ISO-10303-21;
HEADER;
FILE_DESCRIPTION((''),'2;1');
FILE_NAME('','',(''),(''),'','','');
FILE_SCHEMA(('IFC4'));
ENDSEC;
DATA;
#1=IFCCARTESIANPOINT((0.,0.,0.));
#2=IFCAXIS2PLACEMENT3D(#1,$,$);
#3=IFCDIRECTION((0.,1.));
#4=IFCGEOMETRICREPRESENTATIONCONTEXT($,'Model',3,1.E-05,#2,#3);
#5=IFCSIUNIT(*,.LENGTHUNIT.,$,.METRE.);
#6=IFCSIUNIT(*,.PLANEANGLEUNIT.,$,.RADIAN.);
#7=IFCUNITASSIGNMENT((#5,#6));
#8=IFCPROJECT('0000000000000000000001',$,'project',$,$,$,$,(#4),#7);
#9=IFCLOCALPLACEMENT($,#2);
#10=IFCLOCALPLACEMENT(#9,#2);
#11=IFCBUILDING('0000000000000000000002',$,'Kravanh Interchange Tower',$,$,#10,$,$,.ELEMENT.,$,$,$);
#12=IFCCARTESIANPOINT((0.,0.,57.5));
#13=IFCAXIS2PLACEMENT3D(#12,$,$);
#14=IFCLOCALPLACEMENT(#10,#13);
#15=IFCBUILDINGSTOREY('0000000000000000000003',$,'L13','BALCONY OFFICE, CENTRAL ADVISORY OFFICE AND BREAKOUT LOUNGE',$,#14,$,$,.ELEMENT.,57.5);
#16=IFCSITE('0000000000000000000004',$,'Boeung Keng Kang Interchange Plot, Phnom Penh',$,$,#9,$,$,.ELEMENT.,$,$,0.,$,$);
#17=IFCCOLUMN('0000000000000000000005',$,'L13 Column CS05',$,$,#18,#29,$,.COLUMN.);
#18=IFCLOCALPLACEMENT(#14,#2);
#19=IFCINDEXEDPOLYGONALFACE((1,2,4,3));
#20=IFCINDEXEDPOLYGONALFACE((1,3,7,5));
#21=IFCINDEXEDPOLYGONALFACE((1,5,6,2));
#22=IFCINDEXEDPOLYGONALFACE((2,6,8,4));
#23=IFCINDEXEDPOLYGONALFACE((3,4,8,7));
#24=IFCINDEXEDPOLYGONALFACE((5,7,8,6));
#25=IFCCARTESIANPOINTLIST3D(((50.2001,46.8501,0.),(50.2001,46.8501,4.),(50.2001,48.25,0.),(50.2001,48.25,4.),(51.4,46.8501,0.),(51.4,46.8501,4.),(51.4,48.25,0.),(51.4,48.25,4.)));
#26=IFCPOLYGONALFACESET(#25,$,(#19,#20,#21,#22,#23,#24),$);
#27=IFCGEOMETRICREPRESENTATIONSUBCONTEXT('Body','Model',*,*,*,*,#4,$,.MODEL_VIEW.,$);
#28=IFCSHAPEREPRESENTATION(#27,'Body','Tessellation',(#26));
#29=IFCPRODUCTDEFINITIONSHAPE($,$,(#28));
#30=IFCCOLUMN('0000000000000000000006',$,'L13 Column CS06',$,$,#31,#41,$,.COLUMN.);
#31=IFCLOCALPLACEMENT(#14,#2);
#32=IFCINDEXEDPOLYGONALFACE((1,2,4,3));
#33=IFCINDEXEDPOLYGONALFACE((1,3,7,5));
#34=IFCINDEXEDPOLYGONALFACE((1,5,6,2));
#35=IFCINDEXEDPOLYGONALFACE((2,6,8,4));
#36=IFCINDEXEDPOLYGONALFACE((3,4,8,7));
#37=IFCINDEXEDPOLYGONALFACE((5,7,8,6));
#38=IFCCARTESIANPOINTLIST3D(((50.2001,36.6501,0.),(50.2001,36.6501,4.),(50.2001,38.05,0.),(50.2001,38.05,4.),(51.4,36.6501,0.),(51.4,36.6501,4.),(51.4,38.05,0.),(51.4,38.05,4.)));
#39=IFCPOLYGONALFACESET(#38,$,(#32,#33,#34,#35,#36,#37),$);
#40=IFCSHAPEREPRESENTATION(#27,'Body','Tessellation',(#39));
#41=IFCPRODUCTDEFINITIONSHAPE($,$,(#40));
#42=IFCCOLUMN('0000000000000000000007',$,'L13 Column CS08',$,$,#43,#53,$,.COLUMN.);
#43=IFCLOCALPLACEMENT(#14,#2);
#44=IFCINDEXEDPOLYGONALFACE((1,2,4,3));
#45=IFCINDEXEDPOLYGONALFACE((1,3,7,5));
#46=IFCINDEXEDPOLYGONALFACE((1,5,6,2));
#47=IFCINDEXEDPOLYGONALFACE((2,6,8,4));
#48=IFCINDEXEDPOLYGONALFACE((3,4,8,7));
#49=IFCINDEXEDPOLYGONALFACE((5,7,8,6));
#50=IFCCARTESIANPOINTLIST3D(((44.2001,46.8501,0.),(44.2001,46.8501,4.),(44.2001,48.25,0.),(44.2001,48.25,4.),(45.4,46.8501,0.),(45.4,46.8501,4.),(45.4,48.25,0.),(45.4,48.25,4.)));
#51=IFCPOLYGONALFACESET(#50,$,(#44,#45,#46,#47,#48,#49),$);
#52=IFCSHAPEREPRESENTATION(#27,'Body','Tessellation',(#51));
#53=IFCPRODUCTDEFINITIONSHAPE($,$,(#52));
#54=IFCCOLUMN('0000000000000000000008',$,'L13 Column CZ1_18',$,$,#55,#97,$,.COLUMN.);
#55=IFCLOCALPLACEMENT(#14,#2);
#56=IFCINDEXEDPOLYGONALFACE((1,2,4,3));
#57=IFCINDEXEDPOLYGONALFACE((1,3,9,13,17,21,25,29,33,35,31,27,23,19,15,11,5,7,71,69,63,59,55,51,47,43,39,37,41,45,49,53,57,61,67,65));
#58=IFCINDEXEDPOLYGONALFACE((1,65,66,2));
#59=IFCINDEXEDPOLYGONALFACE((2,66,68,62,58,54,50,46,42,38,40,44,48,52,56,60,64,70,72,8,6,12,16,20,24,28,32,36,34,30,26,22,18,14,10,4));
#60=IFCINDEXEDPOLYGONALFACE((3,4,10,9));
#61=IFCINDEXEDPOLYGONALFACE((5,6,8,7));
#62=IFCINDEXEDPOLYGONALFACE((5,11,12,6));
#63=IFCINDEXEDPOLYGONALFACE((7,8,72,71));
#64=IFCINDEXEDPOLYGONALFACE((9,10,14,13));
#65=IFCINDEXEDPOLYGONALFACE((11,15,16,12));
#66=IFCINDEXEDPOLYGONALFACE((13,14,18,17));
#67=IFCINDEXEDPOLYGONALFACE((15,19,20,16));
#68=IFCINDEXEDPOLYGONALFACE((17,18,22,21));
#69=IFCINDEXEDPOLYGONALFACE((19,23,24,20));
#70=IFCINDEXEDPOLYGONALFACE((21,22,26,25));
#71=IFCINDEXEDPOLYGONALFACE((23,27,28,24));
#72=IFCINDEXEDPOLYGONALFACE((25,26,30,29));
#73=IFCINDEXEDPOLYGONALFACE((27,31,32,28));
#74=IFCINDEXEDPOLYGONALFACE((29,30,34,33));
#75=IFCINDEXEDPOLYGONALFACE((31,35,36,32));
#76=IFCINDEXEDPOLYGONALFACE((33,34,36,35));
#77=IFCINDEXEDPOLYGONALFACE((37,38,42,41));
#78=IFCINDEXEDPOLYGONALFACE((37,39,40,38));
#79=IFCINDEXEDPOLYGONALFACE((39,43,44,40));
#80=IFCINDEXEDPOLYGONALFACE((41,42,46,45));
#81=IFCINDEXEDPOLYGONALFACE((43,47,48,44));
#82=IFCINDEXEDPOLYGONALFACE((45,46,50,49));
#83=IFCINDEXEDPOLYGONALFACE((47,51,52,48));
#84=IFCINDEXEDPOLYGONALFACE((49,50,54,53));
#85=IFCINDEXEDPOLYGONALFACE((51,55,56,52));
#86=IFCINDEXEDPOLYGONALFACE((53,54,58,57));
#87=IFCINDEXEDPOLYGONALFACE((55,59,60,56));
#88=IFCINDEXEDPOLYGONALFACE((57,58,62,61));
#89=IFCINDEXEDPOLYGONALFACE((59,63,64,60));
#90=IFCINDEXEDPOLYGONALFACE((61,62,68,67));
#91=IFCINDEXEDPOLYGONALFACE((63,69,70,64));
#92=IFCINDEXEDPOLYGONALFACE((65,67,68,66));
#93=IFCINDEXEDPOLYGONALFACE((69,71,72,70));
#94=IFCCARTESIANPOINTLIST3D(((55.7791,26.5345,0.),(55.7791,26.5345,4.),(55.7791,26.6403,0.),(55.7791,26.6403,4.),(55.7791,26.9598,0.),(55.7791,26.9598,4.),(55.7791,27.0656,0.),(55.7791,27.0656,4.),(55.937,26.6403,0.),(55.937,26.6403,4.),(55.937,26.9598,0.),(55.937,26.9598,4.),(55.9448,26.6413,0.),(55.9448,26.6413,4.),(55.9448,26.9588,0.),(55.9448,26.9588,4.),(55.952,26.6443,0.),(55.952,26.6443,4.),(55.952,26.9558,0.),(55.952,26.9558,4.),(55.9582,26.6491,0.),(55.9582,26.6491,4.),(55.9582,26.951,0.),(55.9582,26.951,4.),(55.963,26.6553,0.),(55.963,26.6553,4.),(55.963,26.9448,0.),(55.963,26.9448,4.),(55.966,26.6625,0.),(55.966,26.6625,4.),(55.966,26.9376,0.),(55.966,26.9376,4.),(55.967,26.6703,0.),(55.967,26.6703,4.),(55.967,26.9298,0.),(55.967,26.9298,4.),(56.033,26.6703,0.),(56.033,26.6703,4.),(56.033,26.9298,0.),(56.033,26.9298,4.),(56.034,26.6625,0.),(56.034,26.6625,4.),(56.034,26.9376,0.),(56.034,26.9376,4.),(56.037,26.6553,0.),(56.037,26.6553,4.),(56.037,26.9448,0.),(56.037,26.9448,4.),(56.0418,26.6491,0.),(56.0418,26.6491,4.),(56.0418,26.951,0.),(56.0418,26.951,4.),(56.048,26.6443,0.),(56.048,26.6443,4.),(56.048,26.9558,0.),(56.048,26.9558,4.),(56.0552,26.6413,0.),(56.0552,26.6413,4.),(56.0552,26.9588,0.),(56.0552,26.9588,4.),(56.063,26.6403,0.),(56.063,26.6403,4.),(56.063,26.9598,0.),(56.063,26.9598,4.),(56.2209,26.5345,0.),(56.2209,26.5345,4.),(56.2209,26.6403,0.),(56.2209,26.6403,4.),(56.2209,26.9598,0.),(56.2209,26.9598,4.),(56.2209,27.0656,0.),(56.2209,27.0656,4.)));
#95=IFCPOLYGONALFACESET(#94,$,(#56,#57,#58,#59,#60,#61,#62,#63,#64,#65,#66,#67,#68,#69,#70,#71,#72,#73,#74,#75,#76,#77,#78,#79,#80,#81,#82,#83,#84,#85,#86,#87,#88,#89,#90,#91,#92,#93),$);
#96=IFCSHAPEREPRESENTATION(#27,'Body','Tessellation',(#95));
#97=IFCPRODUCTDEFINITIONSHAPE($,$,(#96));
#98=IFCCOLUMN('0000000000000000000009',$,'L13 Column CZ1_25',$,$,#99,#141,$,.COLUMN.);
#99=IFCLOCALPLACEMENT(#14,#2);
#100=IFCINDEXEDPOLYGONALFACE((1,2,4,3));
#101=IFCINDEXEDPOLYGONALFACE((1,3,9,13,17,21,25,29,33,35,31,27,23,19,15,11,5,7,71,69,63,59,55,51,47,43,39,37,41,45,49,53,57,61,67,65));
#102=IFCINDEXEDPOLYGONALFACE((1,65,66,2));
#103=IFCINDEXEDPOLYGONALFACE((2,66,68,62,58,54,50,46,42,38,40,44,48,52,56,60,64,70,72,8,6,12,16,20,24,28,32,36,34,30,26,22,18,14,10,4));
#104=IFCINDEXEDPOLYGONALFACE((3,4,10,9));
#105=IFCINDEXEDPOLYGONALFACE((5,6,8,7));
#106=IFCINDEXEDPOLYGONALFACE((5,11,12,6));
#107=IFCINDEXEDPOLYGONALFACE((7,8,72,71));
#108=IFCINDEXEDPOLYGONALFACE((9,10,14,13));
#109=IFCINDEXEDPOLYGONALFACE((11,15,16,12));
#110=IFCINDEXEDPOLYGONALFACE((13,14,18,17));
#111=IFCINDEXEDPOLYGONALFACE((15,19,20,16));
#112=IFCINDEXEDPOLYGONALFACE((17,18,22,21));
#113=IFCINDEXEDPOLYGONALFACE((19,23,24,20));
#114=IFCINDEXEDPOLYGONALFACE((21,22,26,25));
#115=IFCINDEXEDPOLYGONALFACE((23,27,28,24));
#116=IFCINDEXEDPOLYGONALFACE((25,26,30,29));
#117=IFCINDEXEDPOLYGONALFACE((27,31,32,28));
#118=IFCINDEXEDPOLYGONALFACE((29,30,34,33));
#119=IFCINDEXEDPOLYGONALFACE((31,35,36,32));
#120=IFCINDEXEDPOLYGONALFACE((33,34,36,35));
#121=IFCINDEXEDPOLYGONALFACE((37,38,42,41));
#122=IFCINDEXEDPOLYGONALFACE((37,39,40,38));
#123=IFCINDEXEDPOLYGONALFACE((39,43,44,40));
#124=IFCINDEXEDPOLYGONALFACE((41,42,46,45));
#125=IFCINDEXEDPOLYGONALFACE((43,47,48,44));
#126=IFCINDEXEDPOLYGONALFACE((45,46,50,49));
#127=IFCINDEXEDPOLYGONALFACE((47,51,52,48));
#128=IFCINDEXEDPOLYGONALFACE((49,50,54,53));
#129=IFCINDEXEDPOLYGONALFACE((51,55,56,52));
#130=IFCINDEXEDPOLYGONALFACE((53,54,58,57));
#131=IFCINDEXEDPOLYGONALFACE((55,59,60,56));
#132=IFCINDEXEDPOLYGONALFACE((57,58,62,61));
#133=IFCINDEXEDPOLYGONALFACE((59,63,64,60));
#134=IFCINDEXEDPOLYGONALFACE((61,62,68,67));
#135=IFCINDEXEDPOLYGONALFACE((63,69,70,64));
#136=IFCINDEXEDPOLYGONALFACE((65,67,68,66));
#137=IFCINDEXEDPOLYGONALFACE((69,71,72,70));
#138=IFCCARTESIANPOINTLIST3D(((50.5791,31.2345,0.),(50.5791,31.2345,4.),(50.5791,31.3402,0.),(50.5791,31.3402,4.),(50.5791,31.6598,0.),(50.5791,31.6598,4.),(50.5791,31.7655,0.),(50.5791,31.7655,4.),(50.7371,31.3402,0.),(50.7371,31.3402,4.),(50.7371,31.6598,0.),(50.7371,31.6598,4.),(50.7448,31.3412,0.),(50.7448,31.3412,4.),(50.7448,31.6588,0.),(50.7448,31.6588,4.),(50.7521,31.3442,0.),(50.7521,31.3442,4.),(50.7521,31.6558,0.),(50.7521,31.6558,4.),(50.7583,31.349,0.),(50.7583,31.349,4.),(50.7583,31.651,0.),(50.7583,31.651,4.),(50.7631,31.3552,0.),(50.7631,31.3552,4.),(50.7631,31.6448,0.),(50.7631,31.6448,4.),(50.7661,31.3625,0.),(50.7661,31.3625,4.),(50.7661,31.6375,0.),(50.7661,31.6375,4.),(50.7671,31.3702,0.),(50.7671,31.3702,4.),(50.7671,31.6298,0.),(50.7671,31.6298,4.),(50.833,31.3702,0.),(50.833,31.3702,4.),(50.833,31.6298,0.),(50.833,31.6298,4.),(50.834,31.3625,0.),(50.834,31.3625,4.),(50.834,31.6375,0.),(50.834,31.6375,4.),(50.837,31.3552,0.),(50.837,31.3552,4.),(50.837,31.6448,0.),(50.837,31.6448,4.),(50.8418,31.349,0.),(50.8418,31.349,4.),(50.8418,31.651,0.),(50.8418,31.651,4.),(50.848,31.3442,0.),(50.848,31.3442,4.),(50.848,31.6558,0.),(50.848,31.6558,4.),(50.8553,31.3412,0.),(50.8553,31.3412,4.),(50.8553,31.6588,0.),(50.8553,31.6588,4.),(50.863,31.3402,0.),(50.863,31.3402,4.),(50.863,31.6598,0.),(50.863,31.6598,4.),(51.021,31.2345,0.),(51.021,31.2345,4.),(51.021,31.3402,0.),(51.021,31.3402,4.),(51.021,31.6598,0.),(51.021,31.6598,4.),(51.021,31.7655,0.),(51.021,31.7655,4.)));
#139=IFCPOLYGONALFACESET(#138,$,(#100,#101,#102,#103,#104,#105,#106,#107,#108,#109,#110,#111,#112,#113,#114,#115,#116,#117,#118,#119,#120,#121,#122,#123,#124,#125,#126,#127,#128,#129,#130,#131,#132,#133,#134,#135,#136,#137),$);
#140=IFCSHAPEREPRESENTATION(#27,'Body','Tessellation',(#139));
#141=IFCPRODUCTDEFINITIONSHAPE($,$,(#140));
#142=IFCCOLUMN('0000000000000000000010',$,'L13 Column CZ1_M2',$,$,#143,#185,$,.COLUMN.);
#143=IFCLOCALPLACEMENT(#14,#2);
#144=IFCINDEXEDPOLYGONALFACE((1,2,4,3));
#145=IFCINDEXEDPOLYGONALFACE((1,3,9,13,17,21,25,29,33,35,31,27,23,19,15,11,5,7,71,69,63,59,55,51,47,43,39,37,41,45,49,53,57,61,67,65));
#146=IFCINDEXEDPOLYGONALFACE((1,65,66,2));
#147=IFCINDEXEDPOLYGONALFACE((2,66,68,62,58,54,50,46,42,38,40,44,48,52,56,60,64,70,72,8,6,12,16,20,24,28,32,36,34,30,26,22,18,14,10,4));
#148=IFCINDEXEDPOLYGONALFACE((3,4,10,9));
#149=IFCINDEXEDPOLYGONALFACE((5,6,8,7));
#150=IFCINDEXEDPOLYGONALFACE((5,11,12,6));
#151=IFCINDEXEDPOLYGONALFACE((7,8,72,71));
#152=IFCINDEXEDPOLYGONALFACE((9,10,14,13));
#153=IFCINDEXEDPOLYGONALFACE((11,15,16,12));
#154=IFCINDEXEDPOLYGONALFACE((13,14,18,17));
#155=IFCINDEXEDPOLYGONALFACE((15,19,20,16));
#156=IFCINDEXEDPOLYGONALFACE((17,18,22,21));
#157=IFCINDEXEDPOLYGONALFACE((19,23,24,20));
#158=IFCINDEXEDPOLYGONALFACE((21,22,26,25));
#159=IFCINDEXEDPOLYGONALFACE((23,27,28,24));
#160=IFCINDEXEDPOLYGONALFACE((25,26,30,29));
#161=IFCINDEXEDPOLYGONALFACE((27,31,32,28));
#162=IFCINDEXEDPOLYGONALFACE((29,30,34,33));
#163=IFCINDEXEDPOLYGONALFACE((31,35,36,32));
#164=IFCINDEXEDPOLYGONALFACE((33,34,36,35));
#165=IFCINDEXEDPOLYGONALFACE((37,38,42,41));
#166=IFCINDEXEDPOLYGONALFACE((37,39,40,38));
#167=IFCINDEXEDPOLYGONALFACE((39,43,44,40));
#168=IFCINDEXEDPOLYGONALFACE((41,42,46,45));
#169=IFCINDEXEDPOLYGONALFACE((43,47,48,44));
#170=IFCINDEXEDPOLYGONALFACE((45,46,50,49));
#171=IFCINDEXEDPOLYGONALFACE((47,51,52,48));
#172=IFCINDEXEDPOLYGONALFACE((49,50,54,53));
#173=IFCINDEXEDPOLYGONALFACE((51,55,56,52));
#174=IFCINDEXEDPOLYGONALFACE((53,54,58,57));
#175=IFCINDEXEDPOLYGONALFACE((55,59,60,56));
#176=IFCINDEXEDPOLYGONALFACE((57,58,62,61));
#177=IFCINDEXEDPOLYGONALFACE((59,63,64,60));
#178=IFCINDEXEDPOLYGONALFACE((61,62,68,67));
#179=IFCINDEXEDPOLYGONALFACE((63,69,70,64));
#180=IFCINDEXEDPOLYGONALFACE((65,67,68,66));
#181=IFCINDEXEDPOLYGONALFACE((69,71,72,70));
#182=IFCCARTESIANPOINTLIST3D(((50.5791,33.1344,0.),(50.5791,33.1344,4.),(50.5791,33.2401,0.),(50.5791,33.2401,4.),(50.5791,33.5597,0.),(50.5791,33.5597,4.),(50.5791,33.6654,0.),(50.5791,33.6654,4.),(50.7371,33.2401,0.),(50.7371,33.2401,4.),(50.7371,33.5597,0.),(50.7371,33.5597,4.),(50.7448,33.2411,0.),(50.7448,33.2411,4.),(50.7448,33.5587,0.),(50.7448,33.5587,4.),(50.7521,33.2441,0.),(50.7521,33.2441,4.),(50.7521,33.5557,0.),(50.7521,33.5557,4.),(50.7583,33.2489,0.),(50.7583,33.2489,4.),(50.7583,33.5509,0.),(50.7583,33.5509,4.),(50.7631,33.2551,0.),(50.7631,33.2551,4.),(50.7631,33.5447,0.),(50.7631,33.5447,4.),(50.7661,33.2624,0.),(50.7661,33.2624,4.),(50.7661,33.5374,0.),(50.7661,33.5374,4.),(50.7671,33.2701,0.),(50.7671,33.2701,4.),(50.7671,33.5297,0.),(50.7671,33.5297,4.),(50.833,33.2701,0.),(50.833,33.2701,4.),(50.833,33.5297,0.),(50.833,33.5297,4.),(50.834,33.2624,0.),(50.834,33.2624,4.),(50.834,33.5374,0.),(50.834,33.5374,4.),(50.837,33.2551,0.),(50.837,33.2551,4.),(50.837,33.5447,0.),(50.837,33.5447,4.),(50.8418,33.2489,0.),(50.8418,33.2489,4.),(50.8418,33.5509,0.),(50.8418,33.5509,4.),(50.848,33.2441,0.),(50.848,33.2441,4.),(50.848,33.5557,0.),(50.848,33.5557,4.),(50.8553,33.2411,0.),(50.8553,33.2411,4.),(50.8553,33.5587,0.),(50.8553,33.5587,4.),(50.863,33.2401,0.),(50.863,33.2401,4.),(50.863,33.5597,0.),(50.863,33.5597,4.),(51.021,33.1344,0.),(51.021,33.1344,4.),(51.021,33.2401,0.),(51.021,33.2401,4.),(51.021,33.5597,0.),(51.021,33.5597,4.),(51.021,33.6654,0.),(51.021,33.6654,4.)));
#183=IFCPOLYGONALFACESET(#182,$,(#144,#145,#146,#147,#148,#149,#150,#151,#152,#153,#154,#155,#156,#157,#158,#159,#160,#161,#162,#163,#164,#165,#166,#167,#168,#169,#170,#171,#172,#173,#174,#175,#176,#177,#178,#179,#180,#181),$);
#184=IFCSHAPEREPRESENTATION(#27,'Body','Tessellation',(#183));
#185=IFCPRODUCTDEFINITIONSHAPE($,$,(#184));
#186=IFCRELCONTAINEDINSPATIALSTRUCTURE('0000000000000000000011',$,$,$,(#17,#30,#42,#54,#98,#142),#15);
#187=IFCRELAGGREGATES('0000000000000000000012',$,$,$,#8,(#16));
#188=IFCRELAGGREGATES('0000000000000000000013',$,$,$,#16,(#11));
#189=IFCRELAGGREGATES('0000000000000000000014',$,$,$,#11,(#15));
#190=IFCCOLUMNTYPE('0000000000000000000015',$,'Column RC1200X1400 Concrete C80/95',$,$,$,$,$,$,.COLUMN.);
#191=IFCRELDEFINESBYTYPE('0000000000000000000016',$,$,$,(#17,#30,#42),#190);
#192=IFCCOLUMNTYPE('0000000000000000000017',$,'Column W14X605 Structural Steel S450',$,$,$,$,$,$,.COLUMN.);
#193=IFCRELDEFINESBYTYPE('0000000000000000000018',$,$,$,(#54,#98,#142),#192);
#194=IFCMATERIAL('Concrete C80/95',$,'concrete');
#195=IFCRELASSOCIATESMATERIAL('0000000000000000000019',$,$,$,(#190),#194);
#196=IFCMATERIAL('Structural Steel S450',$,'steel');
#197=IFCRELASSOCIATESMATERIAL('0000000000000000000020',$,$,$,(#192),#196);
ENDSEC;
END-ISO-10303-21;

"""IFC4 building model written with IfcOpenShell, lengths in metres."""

from ifc_helpers import new_model, si_unit, direction, frame, origin, origin_2d, place, context, subcontext, project, spatial, rectangle, i_section, extrude, material, material_profile, profile_set, type_object, element, save


model = new_model("IFC4")

# Units and contexts
model_context = context("Model", 3, precision=1e-05, world=origin(), true_north=direction((0.0, 1.0)))
body_context = subcontext(model_context, "Body", "Model", "MODEL_VIEW")
ifc_project = project(units=[si_unit("LENGTHUNIT", "METRE"), si_unit("PLANEANGLEUNIT", "RADIAN")], contexts=[model_context])

# Site, building, storey
site_placement = place(None, origin())
site = spatial("IfcSite", under=ifc_project, at=site_placement, Name="Boeung Keng Kang Interchange Plot, Phnom Penh", CompositionType="ELEMENT", RefElevation=0.0)
building_placement = place(site_placement, origin())
building = spatial("IfcBuilding", under=site, at=building_placement, Name="Kravanh Interchange Tower", CompositionType="ELEMENT")
storey_placement = place(building_placement, frame((0.0, 0.0, 57.5)))
storey = spatial("IfcBuildingStorey", under=building, at=storey_placement, Name="L13", Description="BALCONY OFFICE, CENTRAL ADVISORY OFFICE AND BREAKOUT LOUNGE", CompositionType="ELEMENT", Elevation=57.5)

# Columns
ifc_material_1 = material(Name="Concrete C80/95", Category="concrete")
ifc_material_profile_1 = material_profile(ifc_material_1, rectangle(XDim=1.2, YDim=1.3999, at=origin_2d()), Name="RC1200X1400")
ifc_profile_set_1 = profile_set([ifc_material_profile_1], Name="Concrete C80/95")
column_type_1 = type_object("IfcColumnType", Name="Column RC1200X1400 Concrete C80/95", PredefinedType="COLUMN", material=ifc_profile_set_1)
for number, where, z_axis, x_axis, name in (
    (1, (50.8, 47.55, 0.0), (0.0, 0.0, 1.0), (1.0, 0.0, 0.0), "L13 Column CS05"),
    (2, (50.8, 37.3501, 0.0), (0.0, 0.0, 1.0), (1.0, 0.0, 0.0), "L13 Column CS06"),
    (3, (44.8, 47.55, 0.0), (0.0, 0.0, 1.0), (1.0, 0.0, 0.0), "L13 Column CS08"),
):
    element("IfcColumn", number, at=place(storey_placement, frame(where, z_axis=z_axis, x_axis=x_axis)), inside=storey, type_object=column_type_1, Name=name, PredefinedType="COLUMN", context=body_context, shape_type="SweptSolid", body=[
        extrude(rectangle(XDim=1.2, YDim=1.3999, at=origin_2d()), origin(), (0.0, 0.0, 1.0), 4.0),
    ])
ifc_material_2 = material(Name="Structural Steel S450", Category="steel")
ifc_material_profile_2 = material_profile(ifc_material_2, i_section(OverallWidth=0.4419, OverallDepth=0.531, WebThickness=0.0659, FlangeThickness=0.1057, FilletRadius=0.03, at=origin_2d()), Name="W14X605")
ifc_profile_set_2 = profile_set([ifc_material_profile_2], Name="Structural Steel S450")
column_type_2 = type_object("IfcColumnType", Name="Column W14X605 Structural Steel S450", PredefinedType="COLUMN", material=ifc_profile_set_2)
for number, where, z_axis, x_axis, name in (
    (4, (56.0, 26.8, 0.0), (0.0, 0.0, 1.0), (1.0, 0.0, 0.0), "L13 Column CZ1_18"),
    (5, (50.8, 31.5, 0.0), (0.0, 0.0, 1.0), (1.0, 0.0, 0.0), "L13 Column CZ1_25"),
    (6, (50.8, 33.3999, 0.0), (0.0, 0.0, 1.0), (1.0, 0.0, 0.0), "L13 Column CZ1_M2"),
):
    element("IfcColumn", number, at=place(storey_placement, frame(where, z_axis=z_axis, x_axis=x_axis)), inside=storey, type_object=column_type_2, Name=name, PredefinedType="COLUMN", context=body_context, shape_type="SweptSolid", body=[
        extrude(i_section(OverallWidth=0.4419, OverallDepth=0.531, WebThickness=0.0659, FlangeThickness=0.1057, FilletRadius=0.03, at=origin_2d()), origin(), (0.0, 0.0, 1.0), 4.0),
    ])

save(model, "model.ifc")
